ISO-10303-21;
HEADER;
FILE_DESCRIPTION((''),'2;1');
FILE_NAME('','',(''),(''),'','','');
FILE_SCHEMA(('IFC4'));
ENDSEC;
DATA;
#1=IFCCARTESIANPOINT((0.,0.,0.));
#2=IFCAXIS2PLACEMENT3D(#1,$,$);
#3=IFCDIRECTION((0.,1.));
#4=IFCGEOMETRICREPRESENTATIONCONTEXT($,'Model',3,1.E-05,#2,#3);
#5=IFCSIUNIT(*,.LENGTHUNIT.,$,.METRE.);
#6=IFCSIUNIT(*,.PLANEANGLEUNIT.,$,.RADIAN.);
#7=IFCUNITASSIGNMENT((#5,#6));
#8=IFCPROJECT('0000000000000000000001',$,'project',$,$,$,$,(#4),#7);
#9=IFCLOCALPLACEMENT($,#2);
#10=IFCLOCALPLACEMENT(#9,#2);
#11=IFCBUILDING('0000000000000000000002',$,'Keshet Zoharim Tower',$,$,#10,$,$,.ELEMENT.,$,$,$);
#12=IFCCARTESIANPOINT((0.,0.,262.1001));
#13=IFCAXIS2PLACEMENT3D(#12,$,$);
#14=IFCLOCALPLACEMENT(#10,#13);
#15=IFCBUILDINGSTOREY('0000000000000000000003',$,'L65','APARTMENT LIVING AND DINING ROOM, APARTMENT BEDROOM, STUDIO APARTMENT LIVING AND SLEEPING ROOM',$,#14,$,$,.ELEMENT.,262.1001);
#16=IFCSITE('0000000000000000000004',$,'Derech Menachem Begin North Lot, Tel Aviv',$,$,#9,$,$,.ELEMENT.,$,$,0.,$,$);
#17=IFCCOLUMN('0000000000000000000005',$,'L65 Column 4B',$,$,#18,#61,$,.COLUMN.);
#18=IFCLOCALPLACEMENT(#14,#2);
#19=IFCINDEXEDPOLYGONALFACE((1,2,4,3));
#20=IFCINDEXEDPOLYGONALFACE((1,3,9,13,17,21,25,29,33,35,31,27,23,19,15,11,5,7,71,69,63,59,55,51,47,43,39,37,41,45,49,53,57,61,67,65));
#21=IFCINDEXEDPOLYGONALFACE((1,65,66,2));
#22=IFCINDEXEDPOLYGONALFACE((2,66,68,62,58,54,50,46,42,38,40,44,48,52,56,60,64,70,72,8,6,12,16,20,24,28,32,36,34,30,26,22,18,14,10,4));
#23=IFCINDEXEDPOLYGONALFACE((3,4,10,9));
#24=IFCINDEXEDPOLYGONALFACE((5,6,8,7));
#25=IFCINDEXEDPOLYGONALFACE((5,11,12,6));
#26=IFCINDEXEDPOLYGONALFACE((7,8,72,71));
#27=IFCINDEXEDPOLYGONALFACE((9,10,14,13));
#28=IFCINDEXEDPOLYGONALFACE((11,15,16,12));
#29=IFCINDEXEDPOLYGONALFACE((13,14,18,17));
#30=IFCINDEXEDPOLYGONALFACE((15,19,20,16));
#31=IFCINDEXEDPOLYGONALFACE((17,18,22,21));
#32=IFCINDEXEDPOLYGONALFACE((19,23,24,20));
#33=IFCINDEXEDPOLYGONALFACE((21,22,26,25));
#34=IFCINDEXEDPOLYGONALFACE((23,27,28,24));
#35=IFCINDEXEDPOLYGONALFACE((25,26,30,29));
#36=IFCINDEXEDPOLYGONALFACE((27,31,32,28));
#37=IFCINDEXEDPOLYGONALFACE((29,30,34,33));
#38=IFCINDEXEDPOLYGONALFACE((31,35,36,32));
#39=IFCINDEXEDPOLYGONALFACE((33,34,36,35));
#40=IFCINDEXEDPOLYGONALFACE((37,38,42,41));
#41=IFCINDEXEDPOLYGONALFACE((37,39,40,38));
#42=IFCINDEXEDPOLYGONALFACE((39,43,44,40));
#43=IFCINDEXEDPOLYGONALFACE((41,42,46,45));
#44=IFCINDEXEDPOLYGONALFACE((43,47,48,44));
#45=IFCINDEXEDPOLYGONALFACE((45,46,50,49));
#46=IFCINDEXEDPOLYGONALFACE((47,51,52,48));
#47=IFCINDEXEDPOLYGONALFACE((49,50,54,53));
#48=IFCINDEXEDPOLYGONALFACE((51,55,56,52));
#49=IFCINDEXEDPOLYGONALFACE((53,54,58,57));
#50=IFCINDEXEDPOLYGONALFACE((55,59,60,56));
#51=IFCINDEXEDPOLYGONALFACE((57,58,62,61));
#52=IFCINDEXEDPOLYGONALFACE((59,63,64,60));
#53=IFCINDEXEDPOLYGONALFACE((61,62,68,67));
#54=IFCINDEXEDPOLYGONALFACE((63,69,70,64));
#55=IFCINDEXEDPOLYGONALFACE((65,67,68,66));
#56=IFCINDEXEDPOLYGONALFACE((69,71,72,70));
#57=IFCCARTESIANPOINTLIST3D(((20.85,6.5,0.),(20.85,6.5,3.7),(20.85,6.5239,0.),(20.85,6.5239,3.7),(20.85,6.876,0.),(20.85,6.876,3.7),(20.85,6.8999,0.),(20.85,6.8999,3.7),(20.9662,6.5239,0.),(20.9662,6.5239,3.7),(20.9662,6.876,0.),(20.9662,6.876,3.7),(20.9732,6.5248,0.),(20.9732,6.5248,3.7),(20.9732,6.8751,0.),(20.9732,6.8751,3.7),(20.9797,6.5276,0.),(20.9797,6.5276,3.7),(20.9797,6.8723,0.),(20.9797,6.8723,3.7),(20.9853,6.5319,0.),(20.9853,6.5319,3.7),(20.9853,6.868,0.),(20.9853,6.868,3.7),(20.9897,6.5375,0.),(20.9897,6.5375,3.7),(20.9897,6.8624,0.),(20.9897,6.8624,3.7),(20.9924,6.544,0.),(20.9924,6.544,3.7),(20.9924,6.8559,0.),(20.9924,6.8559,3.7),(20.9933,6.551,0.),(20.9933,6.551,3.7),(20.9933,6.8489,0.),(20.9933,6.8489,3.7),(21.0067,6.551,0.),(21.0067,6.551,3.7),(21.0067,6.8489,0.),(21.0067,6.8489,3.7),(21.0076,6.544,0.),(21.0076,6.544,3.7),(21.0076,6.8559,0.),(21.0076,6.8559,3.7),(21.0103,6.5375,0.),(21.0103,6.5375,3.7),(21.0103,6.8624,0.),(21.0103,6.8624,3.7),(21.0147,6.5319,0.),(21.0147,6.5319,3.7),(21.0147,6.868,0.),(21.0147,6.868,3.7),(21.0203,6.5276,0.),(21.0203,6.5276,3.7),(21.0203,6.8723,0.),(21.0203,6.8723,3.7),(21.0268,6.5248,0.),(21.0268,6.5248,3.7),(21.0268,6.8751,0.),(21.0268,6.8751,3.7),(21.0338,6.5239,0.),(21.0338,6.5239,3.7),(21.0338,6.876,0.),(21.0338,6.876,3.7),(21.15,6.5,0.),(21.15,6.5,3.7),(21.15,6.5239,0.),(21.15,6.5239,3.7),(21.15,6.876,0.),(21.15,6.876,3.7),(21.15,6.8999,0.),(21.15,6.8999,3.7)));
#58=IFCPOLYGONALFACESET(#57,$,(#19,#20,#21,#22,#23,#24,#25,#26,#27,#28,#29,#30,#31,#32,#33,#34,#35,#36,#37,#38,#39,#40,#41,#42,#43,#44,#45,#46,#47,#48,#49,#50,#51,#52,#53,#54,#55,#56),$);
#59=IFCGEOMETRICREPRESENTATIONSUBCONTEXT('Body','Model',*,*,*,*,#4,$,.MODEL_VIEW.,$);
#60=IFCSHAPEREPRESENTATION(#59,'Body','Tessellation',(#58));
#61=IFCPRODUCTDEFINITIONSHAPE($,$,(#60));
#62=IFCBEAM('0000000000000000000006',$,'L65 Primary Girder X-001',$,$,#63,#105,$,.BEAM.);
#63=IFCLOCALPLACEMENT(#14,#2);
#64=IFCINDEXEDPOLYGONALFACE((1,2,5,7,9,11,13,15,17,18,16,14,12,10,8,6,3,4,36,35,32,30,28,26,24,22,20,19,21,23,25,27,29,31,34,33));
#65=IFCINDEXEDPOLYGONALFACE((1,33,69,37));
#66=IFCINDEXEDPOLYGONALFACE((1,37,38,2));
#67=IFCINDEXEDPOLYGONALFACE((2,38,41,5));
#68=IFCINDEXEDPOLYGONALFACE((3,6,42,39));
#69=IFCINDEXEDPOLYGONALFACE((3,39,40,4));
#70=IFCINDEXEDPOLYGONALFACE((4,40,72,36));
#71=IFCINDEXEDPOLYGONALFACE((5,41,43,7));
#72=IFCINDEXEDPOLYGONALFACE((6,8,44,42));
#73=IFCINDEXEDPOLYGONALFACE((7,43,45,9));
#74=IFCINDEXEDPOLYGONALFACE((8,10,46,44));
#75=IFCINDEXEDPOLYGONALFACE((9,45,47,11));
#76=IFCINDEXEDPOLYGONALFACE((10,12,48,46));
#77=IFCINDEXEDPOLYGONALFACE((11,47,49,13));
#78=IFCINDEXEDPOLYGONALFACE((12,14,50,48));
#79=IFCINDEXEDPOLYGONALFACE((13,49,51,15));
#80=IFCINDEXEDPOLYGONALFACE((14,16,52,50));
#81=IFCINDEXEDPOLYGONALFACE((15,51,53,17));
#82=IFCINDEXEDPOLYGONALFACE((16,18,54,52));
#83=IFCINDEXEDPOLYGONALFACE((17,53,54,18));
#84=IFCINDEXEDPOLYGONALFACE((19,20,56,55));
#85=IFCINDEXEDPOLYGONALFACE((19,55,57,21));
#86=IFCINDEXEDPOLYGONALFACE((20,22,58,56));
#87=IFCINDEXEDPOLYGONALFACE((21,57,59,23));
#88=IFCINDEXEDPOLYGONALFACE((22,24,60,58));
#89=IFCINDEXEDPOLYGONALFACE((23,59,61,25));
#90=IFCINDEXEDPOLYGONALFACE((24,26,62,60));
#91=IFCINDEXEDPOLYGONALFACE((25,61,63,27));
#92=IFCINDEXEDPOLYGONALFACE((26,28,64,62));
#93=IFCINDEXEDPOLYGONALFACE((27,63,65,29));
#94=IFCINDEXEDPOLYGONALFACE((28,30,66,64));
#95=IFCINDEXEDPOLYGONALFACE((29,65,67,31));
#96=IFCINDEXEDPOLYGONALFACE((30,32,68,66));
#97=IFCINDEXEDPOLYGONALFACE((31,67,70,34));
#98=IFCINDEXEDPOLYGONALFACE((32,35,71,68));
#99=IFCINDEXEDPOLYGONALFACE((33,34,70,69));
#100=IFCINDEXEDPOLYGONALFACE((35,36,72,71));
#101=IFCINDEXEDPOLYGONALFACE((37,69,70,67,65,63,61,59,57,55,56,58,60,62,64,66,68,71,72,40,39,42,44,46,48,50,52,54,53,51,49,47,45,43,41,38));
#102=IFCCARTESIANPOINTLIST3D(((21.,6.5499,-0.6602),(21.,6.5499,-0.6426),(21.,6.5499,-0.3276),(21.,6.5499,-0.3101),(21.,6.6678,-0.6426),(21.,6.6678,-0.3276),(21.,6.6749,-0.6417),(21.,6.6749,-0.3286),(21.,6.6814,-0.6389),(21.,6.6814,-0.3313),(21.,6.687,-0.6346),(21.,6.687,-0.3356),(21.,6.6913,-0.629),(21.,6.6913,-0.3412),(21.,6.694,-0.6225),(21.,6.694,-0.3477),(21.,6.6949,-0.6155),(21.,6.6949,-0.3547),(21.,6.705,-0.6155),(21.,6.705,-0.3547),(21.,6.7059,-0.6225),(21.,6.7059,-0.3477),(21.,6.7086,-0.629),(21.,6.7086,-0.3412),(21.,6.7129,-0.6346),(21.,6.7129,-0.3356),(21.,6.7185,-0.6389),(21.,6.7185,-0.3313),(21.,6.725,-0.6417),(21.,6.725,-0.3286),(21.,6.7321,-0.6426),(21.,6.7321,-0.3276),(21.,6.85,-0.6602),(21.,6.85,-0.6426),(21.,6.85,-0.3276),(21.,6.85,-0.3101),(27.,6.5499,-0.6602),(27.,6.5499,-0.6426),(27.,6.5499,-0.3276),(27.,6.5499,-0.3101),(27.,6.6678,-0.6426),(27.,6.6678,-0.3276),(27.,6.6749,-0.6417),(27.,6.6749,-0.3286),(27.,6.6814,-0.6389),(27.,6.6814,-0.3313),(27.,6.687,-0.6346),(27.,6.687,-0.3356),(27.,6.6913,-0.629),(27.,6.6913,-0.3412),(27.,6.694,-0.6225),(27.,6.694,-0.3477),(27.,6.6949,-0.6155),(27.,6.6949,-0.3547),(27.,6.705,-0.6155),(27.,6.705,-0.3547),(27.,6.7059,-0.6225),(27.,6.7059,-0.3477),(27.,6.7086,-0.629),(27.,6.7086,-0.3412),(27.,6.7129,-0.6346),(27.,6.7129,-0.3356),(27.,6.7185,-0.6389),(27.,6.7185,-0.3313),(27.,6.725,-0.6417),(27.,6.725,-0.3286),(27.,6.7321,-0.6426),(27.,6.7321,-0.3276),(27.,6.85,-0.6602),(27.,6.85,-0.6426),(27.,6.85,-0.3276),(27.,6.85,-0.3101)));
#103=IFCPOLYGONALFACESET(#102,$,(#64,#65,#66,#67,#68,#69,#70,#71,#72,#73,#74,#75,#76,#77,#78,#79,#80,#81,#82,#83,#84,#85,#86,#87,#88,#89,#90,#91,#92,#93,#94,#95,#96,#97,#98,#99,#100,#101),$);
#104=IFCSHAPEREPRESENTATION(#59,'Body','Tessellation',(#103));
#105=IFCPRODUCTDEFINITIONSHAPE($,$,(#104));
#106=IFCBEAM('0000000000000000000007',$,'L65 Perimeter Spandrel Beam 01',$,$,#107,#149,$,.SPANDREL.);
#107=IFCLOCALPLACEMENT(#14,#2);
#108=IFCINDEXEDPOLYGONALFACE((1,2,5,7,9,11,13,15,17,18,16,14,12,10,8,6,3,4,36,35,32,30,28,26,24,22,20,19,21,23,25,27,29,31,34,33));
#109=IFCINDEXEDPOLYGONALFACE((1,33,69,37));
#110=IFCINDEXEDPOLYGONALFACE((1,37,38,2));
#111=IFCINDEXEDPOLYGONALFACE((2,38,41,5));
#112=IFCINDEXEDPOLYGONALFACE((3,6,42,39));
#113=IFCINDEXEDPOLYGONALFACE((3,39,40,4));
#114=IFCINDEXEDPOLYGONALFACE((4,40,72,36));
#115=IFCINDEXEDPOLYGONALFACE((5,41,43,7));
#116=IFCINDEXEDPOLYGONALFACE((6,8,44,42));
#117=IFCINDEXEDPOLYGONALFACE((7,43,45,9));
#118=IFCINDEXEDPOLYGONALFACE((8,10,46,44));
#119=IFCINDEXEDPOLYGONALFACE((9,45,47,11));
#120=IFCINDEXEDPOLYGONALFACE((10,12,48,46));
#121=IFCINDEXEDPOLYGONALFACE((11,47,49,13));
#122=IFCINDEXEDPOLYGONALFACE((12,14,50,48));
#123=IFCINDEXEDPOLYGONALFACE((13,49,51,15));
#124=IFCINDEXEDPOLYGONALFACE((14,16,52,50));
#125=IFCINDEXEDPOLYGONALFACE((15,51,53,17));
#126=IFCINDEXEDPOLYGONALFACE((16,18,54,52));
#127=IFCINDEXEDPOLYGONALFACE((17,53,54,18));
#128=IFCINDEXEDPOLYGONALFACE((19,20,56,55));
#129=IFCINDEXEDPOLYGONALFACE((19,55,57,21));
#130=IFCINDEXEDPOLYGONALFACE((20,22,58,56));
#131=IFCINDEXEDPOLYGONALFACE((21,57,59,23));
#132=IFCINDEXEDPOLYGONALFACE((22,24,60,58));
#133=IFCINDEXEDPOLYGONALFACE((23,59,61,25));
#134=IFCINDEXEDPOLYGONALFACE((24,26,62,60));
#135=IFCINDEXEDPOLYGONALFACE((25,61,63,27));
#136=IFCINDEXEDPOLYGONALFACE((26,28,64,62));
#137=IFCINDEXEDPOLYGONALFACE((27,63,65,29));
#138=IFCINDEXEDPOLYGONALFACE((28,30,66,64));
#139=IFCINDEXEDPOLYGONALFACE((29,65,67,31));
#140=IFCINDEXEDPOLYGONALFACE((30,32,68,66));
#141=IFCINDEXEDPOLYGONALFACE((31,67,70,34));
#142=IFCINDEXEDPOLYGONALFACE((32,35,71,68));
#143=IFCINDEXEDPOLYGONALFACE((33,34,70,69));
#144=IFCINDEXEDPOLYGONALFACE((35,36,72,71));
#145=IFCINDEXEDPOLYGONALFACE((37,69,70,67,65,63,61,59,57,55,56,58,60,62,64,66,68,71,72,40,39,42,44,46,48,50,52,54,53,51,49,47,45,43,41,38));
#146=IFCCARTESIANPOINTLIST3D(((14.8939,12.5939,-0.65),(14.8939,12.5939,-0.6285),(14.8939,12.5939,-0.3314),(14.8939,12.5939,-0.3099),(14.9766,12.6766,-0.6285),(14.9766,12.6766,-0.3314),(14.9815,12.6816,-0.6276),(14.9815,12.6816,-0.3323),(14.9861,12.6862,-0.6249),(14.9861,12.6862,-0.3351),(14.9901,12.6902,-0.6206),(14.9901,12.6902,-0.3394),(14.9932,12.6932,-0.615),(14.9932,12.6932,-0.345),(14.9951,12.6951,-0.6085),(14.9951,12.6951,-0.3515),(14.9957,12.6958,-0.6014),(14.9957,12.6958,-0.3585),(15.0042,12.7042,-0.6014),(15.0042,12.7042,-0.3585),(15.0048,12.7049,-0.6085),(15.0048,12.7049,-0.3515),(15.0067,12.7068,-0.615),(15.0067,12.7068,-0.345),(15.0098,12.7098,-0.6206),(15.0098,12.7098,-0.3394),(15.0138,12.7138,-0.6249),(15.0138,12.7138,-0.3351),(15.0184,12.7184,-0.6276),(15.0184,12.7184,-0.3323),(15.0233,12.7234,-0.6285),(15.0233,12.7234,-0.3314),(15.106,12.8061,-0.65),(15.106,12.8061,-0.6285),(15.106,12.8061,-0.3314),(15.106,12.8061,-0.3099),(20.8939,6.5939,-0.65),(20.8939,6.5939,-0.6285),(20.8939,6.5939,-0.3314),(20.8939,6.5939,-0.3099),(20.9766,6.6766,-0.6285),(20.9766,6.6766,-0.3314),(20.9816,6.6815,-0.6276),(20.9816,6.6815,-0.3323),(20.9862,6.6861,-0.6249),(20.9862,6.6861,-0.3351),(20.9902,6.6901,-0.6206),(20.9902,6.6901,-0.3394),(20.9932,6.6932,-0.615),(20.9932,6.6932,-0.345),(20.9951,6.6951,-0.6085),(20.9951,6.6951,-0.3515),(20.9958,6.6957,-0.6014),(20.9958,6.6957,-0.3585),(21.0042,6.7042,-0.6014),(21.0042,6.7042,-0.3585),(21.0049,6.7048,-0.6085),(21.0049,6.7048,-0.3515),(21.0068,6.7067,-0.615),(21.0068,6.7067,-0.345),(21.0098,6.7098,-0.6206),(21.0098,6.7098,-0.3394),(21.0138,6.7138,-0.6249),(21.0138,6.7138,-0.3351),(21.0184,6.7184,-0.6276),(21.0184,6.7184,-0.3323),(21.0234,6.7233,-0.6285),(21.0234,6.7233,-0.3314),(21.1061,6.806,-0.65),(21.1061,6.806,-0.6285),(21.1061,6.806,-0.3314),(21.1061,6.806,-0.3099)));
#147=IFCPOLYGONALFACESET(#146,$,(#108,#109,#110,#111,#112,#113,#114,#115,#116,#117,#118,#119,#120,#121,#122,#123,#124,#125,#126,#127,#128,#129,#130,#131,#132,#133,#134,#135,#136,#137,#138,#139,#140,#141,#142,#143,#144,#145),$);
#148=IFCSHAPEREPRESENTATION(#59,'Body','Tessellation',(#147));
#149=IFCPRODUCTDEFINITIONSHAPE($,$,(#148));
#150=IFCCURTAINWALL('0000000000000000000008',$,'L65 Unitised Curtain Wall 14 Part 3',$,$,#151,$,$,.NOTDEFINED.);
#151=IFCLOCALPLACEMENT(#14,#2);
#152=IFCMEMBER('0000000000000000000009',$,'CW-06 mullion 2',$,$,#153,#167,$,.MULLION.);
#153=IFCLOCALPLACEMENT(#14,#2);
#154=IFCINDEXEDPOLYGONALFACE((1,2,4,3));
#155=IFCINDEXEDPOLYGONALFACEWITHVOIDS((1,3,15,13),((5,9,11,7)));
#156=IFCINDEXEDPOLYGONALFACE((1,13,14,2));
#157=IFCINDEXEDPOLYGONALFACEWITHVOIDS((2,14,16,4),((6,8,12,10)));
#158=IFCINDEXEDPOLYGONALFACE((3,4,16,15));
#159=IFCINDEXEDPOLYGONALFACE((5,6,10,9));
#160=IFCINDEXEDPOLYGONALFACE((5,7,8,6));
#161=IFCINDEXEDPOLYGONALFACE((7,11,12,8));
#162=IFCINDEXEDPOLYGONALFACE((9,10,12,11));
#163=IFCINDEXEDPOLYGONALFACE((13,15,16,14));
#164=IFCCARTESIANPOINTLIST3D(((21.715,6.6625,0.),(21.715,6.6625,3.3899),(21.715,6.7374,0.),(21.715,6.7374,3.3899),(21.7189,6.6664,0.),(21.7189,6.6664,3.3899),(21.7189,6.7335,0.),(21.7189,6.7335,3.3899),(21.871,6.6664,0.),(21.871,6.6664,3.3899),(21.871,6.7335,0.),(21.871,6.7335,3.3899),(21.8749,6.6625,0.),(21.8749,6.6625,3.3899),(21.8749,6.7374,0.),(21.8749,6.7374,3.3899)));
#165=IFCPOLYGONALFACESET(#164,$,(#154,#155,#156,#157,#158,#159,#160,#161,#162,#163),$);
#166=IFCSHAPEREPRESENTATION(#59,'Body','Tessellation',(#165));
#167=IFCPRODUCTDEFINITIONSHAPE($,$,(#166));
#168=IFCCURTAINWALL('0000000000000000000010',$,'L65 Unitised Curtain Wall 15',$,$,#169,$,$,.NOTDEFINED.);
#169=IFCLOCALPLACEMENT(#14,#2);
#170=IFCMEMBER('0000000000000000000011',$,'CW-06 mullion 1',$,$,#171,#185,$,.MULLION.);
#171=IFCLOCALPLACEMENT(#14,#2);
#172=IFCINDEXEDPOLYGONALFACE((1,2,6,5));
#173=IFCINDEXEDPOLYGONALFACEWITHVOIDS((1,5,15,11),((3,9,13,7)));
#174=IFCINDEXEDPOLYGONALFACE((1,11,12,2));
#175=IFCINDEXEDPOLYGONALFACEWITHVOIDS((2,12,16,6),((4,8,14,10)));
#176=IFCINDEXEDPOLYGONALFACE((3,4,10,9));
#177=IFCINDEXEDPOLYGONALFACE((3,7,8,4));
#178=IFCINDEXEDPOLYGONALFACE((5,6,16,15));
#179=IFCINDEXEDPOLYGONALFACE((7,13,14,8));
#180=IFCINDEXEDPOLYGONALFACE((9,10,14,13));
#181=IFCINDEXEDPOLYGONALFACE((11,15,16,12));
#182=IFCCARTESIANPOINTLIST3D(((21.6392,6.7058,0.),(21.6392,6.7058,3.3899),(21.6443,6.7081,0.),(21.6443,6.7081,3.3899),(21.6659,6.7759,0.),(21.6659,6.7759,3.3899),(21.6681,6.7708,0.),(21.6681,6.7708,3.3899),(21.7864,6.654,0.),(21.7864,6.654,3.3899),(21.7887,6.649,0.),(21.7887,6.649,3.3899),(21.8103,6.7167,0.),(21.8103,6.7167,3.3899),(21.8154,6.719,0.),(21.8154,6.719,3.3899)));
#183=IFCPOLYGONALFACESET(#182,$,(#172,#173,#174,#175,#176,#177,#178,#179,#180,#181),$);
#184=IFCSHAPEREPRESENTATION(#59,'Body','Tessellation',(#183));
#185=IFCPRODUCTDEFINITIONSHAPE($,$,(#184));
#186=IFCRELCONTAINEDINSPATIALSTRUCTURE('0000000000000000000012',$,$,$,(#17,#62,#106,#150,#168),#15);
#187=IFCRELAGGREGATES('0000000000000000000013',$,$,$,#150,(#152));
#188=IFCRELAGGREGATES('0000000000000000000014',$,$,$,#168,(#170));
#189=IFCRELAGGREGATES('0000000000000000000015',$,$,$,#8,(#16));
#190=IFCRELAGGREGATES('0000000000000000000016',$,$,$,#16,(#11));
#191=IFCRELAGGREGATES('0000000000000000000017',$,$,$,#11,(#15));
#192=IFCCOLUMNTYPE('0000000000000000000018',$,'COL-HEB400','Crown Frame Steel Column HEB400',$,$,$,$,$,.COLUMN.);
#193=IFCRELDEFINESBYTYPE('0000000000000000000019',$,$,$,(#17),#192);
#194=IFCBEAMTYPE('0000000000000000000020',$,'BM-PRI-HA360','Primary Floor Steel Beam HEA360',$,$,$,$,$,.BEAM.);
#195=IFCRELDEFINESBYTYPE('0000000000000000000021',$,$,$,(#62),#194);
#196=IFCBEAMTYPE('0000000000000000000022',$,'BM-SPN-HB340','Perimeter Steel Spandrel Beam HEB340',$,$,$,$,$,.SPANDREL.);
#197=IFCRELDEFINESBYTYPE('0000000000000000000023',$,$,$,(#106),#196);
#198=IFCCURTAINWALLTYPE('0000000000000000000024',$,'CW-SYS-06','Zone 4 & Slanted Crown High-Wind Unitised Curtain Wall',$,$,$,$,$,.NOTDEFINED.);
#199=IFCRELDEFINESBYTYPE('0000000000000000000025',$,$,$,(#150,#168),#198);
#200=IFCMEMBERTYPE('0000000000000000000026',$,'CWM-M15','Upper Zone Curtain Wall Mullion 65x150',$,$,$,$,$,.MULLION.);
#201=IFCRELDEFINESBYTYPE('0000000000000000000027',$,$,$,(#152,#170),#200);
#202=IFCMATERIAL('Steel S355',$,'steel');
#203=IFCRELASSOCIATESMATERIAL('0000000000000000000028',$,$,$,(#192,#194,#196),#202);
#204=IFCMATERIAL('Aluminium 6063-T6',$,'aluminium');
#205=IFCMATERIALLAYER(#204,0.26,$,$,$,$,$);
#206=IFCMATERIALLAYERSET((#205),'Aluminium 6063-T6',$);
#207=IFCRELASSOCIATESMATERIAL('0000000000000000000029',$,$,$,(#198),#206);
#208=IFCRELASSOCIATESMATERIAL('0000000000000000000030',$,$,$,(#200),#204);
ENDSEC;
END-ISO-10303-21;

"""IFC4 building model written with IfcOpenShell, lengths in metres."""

from ifc_helpers import new_model, si_unit, direction, frame, origin, origin_2d, place, context, subcontext, project, spatial, hollow_rectangle, i_section, extrude, material, layer, layer_set, material_profile, profile_set, type_object, element, aggregate, save


model = new_model("IFC4")

# Units and contexts
model_context = context("Model", 3, precision=1e-05, world=origin(), true_north=direction((0.0, 1.0)))
body_context = subcontext(model_context, "Body", "Model", "MODEL_VIEW")
ifc_project = project(units=[si_unit("LENGTHUNIT", "METRE"), si_unit("PLANEANGLEUNIT", "RADIAN")], contexts=[model_context])

# Site, building, storey
site_placement = place(None, origin())
site = spatial("IfcSite", under=ifc_project, at=site_placement, Name="Derech Menachem Begin North Lot, Tel Aviv", CompositionType="ELEMENT", RefElevation=0.0)
building_placement = place(site_placement, origin())
building = spatial("IfcBuilding", under=site, at=building_placement, Name="Keshet Zoharim Tower", CompositionType="ELEMENT")
storey_placement = place(building_placement, frame((0.0, 0.0, 262.1001)))
storey = spatial("IfcBuildingStorey", under=building, at=storey_placement, Name="L65", Description="APARTMENT LIVING AND DINING ROOM, APARTMENT BEDROOM, STUDIO APARTMENT LIVING AND SLEEPING ROOM", CompositionType="ELEMENT", Elevation=262.1001)

# Column
ifc_material_1 = material(Name="Steel S355", Category="steel")
ifc_material_profile_1 = material_profile(ifc_material_1, i_section(OverallWidth=0.3, OverallDepth=0.3999, WebThickness=0.0134, FlangeThickness=0.0239, FilletRadius=0.0271, at=origin_2d()), Name="HEB400")
ifc_profile_set_1 = profile_set([ifc_material_profile_1], Name="Steel S355")
column_type = type_object("IfcColumnType", Name="COL-HEB400", Description="Crown Frame Steel Column HEB400", PredefinedType="COLUMN", material=ifc_profile_set_1)
column_placement = place(storey_placement, frame((21.0, 6.7, 0.0), z_axis=(0.0, 0.0, 1.0), x_axis=(1.0, 0.0, 0.0)))
element("IfcColumn", 1, at=column_placement, inside=storey, type_object=column_type, Name="L65 Column 4B", PredefinedType="COLUMN", context=body_context, shape_type="SweptSolid", body=[
    extrude(i_section(OverallWidth=0.3, OverallDepth=0.3999, WebThickness=0.0134, FlangeThickness=0.0239, FilletRadius=0.0271, at=origin_2d()), origin(), (0.0, 0.0, 1.0), 3.7),
])

# Beams
ifc_material_profile_2 = material_profile(ifc_material_1, i_section(OverallWidth=0.3, OverallDepth=0.3501, WebThickness=0.01, FlangeThickness=0.0176, FilletRadius=0.0271, at=origin_2d()), Name="HEA360")
ifc_profile_set_2 = profile_set([ifc_material_profile_2], Name="Steel S355")
beam_type_1 = type_object("IfcBeamType", Name="BM-PRI-HA360", Description="Primary Floor Steel Beam HEA360", PredefinedType="BEAM", material=ifc_profile_set_2)
beam_1_placement = place(storey_placement, frame((21.0, 6.7, -0.4851), z_axis=(1.0, 0.0, 0.0), x_axis=(0.0, 1.0, 0.0)))
element("IfcBeam", 2, at=beam_1_placement, inside=storey, type_object=beam_type_1, Name="L65 Primary Girder X-001", PredefinedType="BEAM", context=body_context, shape_type="SweptSolid", body=[
    extrude(i_section(OverallWidth=0.3, OverallDepth=0.3501, WebThickness=0.01, FlangeThickness=0.0176, FilletRadius=0.0271, at=origin_2d()), origin(), (0.0, 0.0, 1.0), 6.0),
])
ifc_material_profile_3 = material_profile(ifc_material_1, i_section(OverallWidth=0.3, OverallDepth=0.3401, WebThickness=0.012, FlangeThickness=0.0215, FilletRadius=0.0271, at=origin_2d()), Name="HEB340")
ifc_profile_set_3 = profile_set([ifc_material_profile_3], Name="Steel S355")
beam_type_2 = type_object("IfcBeamType", Name="BM-SPN-HB340", Description="Perimeter Steel Spandrel Beam HEB340", PredefinedType="SPANDREL", material=ifc_profile_set_3)
beam_2_placement = place(storey_placement, frame((21.0, 6.7, -0.48), z_axis=(-0.707107, 0.707107, 0.0), x_axis=(-0.707107, -0.707107, 0.0)))
element("IfcBeam", 3, at=beam_2_placement, inside=storey, type_object=beam_type_2, Name="L65 Perimeter Spandrel Beam 01", PredefinedType="SPANDREL", context=body_context, shape_type="SweptSolid", body=[
    extrude(i_section(OverallWidth=0.3, OverallDepth=0.3401, WebThickness=0.012, FlangeThickness=0.0215, FilletRadius=0.0271, at=origin_2d()), origin(), (0.0, 0.0, 1.0), 8.4854),
])

# Curtain wall, member
ifc_material_2 = material(Name="Aluminium 6063-T6", Category="aluminium")
ifc_layer_1 = layer(ifc_material_2, 0.26)
ifc_layer_set_1 = layer_set([ifc_layer_1], Name="Aluminium 6063-T6")
curtain_wall_type = type_object("IfcCurtainWallType", Name="CW-SYS-06", Description="Zone 4 & Slanted Crown High-Wind Unitised Curtain Wall", PredefinedType="NOTDEFINED", material=ifc_layer_set_1)
curtain_wall_1_placement = place(storey_placement, origin())
curtain_wall_1 = element("IfcCurtainWall", 4, at=curtain_wall_1_placement, inside=storey, type_object=curtain_wall_type, Name="L65 Unitised Curtain Wall 14 Part 3", PredefinedType="NOTDEFINED")
ifc_material_profile_4 = material_profile(ifc_material_2, hollow_rectangle(XDim=0.075, YDim=0.1599, WallThickness=0.0039, at=origin_2d()), Name="MUL-75x160")
ifc_profile_set_4 = profile_set([ifc_material_profile_4], Name="Aluminium 6063-T6")
member_type_1 = type_object("IfcMemberType", Name="CWM-M15", Description="Upper Zone Curtain Wall Mullion 65x150", PredefinedType="MULLION", material=ifc_profile_set_4)
member_1_placement = place(storey_placement, frame((21.7949, 6.7, 0.0), z_axis=(0.0, 0.0, 1.0), x_axis=(0.0, -1.0, 0.0)))
member_1 = element("IfcMember", 5, at=member_1_placement, type_object=member_type_1, Name="CW-06 mullion 2", PredefinedType="MULLION", context=body_context, shape_type="SweptSolid", body=[
    extrude(hollow_rectangle(XDim=0.075, YDim=0.1599, WallThickness=0.0039, at=origin_2d()), origin(), (0.0, 0.0, 1.0), 3.3899),
])
aggregate(curtain_wall_1, [member_1])

# Curtain wall, member
curtain_wall_2_placement = place(storey_placement, origin())
curtain_wall_2 = element("IfcCurtainWall", 6, at=curtain_wall_2_placement, inside=storey, type_object=curtain_wall_type, Name="L65 Unitised Curtain Wall 15", PredefinedType="NOTDEFINED")
member_2_placement = place(storey_placement, frame((21.7273, 6.7124, 0.0), z_axis=(0.0, 0.0, 1.0), x_axis=(-0.355439, -0.934699, 0.0)))
member_2 = element("IfcMember", 7, at=member_2_placement, type_object=member_type_1, Name="CW-06 mullion 1", PredefinedType="MULLION", context=body_context, shape_type="SweptSolid", body=[
    extrude(hollow_rectangle(XDim=0.075, YDim=0.1599, WallThickness=0.0039, at=origin_2d()), origin(), (0.0, 0.0, 1.0), 3.3899),
])

aggregate(curtain_wall_2, [member_2])

save(model, "model.ifc")
